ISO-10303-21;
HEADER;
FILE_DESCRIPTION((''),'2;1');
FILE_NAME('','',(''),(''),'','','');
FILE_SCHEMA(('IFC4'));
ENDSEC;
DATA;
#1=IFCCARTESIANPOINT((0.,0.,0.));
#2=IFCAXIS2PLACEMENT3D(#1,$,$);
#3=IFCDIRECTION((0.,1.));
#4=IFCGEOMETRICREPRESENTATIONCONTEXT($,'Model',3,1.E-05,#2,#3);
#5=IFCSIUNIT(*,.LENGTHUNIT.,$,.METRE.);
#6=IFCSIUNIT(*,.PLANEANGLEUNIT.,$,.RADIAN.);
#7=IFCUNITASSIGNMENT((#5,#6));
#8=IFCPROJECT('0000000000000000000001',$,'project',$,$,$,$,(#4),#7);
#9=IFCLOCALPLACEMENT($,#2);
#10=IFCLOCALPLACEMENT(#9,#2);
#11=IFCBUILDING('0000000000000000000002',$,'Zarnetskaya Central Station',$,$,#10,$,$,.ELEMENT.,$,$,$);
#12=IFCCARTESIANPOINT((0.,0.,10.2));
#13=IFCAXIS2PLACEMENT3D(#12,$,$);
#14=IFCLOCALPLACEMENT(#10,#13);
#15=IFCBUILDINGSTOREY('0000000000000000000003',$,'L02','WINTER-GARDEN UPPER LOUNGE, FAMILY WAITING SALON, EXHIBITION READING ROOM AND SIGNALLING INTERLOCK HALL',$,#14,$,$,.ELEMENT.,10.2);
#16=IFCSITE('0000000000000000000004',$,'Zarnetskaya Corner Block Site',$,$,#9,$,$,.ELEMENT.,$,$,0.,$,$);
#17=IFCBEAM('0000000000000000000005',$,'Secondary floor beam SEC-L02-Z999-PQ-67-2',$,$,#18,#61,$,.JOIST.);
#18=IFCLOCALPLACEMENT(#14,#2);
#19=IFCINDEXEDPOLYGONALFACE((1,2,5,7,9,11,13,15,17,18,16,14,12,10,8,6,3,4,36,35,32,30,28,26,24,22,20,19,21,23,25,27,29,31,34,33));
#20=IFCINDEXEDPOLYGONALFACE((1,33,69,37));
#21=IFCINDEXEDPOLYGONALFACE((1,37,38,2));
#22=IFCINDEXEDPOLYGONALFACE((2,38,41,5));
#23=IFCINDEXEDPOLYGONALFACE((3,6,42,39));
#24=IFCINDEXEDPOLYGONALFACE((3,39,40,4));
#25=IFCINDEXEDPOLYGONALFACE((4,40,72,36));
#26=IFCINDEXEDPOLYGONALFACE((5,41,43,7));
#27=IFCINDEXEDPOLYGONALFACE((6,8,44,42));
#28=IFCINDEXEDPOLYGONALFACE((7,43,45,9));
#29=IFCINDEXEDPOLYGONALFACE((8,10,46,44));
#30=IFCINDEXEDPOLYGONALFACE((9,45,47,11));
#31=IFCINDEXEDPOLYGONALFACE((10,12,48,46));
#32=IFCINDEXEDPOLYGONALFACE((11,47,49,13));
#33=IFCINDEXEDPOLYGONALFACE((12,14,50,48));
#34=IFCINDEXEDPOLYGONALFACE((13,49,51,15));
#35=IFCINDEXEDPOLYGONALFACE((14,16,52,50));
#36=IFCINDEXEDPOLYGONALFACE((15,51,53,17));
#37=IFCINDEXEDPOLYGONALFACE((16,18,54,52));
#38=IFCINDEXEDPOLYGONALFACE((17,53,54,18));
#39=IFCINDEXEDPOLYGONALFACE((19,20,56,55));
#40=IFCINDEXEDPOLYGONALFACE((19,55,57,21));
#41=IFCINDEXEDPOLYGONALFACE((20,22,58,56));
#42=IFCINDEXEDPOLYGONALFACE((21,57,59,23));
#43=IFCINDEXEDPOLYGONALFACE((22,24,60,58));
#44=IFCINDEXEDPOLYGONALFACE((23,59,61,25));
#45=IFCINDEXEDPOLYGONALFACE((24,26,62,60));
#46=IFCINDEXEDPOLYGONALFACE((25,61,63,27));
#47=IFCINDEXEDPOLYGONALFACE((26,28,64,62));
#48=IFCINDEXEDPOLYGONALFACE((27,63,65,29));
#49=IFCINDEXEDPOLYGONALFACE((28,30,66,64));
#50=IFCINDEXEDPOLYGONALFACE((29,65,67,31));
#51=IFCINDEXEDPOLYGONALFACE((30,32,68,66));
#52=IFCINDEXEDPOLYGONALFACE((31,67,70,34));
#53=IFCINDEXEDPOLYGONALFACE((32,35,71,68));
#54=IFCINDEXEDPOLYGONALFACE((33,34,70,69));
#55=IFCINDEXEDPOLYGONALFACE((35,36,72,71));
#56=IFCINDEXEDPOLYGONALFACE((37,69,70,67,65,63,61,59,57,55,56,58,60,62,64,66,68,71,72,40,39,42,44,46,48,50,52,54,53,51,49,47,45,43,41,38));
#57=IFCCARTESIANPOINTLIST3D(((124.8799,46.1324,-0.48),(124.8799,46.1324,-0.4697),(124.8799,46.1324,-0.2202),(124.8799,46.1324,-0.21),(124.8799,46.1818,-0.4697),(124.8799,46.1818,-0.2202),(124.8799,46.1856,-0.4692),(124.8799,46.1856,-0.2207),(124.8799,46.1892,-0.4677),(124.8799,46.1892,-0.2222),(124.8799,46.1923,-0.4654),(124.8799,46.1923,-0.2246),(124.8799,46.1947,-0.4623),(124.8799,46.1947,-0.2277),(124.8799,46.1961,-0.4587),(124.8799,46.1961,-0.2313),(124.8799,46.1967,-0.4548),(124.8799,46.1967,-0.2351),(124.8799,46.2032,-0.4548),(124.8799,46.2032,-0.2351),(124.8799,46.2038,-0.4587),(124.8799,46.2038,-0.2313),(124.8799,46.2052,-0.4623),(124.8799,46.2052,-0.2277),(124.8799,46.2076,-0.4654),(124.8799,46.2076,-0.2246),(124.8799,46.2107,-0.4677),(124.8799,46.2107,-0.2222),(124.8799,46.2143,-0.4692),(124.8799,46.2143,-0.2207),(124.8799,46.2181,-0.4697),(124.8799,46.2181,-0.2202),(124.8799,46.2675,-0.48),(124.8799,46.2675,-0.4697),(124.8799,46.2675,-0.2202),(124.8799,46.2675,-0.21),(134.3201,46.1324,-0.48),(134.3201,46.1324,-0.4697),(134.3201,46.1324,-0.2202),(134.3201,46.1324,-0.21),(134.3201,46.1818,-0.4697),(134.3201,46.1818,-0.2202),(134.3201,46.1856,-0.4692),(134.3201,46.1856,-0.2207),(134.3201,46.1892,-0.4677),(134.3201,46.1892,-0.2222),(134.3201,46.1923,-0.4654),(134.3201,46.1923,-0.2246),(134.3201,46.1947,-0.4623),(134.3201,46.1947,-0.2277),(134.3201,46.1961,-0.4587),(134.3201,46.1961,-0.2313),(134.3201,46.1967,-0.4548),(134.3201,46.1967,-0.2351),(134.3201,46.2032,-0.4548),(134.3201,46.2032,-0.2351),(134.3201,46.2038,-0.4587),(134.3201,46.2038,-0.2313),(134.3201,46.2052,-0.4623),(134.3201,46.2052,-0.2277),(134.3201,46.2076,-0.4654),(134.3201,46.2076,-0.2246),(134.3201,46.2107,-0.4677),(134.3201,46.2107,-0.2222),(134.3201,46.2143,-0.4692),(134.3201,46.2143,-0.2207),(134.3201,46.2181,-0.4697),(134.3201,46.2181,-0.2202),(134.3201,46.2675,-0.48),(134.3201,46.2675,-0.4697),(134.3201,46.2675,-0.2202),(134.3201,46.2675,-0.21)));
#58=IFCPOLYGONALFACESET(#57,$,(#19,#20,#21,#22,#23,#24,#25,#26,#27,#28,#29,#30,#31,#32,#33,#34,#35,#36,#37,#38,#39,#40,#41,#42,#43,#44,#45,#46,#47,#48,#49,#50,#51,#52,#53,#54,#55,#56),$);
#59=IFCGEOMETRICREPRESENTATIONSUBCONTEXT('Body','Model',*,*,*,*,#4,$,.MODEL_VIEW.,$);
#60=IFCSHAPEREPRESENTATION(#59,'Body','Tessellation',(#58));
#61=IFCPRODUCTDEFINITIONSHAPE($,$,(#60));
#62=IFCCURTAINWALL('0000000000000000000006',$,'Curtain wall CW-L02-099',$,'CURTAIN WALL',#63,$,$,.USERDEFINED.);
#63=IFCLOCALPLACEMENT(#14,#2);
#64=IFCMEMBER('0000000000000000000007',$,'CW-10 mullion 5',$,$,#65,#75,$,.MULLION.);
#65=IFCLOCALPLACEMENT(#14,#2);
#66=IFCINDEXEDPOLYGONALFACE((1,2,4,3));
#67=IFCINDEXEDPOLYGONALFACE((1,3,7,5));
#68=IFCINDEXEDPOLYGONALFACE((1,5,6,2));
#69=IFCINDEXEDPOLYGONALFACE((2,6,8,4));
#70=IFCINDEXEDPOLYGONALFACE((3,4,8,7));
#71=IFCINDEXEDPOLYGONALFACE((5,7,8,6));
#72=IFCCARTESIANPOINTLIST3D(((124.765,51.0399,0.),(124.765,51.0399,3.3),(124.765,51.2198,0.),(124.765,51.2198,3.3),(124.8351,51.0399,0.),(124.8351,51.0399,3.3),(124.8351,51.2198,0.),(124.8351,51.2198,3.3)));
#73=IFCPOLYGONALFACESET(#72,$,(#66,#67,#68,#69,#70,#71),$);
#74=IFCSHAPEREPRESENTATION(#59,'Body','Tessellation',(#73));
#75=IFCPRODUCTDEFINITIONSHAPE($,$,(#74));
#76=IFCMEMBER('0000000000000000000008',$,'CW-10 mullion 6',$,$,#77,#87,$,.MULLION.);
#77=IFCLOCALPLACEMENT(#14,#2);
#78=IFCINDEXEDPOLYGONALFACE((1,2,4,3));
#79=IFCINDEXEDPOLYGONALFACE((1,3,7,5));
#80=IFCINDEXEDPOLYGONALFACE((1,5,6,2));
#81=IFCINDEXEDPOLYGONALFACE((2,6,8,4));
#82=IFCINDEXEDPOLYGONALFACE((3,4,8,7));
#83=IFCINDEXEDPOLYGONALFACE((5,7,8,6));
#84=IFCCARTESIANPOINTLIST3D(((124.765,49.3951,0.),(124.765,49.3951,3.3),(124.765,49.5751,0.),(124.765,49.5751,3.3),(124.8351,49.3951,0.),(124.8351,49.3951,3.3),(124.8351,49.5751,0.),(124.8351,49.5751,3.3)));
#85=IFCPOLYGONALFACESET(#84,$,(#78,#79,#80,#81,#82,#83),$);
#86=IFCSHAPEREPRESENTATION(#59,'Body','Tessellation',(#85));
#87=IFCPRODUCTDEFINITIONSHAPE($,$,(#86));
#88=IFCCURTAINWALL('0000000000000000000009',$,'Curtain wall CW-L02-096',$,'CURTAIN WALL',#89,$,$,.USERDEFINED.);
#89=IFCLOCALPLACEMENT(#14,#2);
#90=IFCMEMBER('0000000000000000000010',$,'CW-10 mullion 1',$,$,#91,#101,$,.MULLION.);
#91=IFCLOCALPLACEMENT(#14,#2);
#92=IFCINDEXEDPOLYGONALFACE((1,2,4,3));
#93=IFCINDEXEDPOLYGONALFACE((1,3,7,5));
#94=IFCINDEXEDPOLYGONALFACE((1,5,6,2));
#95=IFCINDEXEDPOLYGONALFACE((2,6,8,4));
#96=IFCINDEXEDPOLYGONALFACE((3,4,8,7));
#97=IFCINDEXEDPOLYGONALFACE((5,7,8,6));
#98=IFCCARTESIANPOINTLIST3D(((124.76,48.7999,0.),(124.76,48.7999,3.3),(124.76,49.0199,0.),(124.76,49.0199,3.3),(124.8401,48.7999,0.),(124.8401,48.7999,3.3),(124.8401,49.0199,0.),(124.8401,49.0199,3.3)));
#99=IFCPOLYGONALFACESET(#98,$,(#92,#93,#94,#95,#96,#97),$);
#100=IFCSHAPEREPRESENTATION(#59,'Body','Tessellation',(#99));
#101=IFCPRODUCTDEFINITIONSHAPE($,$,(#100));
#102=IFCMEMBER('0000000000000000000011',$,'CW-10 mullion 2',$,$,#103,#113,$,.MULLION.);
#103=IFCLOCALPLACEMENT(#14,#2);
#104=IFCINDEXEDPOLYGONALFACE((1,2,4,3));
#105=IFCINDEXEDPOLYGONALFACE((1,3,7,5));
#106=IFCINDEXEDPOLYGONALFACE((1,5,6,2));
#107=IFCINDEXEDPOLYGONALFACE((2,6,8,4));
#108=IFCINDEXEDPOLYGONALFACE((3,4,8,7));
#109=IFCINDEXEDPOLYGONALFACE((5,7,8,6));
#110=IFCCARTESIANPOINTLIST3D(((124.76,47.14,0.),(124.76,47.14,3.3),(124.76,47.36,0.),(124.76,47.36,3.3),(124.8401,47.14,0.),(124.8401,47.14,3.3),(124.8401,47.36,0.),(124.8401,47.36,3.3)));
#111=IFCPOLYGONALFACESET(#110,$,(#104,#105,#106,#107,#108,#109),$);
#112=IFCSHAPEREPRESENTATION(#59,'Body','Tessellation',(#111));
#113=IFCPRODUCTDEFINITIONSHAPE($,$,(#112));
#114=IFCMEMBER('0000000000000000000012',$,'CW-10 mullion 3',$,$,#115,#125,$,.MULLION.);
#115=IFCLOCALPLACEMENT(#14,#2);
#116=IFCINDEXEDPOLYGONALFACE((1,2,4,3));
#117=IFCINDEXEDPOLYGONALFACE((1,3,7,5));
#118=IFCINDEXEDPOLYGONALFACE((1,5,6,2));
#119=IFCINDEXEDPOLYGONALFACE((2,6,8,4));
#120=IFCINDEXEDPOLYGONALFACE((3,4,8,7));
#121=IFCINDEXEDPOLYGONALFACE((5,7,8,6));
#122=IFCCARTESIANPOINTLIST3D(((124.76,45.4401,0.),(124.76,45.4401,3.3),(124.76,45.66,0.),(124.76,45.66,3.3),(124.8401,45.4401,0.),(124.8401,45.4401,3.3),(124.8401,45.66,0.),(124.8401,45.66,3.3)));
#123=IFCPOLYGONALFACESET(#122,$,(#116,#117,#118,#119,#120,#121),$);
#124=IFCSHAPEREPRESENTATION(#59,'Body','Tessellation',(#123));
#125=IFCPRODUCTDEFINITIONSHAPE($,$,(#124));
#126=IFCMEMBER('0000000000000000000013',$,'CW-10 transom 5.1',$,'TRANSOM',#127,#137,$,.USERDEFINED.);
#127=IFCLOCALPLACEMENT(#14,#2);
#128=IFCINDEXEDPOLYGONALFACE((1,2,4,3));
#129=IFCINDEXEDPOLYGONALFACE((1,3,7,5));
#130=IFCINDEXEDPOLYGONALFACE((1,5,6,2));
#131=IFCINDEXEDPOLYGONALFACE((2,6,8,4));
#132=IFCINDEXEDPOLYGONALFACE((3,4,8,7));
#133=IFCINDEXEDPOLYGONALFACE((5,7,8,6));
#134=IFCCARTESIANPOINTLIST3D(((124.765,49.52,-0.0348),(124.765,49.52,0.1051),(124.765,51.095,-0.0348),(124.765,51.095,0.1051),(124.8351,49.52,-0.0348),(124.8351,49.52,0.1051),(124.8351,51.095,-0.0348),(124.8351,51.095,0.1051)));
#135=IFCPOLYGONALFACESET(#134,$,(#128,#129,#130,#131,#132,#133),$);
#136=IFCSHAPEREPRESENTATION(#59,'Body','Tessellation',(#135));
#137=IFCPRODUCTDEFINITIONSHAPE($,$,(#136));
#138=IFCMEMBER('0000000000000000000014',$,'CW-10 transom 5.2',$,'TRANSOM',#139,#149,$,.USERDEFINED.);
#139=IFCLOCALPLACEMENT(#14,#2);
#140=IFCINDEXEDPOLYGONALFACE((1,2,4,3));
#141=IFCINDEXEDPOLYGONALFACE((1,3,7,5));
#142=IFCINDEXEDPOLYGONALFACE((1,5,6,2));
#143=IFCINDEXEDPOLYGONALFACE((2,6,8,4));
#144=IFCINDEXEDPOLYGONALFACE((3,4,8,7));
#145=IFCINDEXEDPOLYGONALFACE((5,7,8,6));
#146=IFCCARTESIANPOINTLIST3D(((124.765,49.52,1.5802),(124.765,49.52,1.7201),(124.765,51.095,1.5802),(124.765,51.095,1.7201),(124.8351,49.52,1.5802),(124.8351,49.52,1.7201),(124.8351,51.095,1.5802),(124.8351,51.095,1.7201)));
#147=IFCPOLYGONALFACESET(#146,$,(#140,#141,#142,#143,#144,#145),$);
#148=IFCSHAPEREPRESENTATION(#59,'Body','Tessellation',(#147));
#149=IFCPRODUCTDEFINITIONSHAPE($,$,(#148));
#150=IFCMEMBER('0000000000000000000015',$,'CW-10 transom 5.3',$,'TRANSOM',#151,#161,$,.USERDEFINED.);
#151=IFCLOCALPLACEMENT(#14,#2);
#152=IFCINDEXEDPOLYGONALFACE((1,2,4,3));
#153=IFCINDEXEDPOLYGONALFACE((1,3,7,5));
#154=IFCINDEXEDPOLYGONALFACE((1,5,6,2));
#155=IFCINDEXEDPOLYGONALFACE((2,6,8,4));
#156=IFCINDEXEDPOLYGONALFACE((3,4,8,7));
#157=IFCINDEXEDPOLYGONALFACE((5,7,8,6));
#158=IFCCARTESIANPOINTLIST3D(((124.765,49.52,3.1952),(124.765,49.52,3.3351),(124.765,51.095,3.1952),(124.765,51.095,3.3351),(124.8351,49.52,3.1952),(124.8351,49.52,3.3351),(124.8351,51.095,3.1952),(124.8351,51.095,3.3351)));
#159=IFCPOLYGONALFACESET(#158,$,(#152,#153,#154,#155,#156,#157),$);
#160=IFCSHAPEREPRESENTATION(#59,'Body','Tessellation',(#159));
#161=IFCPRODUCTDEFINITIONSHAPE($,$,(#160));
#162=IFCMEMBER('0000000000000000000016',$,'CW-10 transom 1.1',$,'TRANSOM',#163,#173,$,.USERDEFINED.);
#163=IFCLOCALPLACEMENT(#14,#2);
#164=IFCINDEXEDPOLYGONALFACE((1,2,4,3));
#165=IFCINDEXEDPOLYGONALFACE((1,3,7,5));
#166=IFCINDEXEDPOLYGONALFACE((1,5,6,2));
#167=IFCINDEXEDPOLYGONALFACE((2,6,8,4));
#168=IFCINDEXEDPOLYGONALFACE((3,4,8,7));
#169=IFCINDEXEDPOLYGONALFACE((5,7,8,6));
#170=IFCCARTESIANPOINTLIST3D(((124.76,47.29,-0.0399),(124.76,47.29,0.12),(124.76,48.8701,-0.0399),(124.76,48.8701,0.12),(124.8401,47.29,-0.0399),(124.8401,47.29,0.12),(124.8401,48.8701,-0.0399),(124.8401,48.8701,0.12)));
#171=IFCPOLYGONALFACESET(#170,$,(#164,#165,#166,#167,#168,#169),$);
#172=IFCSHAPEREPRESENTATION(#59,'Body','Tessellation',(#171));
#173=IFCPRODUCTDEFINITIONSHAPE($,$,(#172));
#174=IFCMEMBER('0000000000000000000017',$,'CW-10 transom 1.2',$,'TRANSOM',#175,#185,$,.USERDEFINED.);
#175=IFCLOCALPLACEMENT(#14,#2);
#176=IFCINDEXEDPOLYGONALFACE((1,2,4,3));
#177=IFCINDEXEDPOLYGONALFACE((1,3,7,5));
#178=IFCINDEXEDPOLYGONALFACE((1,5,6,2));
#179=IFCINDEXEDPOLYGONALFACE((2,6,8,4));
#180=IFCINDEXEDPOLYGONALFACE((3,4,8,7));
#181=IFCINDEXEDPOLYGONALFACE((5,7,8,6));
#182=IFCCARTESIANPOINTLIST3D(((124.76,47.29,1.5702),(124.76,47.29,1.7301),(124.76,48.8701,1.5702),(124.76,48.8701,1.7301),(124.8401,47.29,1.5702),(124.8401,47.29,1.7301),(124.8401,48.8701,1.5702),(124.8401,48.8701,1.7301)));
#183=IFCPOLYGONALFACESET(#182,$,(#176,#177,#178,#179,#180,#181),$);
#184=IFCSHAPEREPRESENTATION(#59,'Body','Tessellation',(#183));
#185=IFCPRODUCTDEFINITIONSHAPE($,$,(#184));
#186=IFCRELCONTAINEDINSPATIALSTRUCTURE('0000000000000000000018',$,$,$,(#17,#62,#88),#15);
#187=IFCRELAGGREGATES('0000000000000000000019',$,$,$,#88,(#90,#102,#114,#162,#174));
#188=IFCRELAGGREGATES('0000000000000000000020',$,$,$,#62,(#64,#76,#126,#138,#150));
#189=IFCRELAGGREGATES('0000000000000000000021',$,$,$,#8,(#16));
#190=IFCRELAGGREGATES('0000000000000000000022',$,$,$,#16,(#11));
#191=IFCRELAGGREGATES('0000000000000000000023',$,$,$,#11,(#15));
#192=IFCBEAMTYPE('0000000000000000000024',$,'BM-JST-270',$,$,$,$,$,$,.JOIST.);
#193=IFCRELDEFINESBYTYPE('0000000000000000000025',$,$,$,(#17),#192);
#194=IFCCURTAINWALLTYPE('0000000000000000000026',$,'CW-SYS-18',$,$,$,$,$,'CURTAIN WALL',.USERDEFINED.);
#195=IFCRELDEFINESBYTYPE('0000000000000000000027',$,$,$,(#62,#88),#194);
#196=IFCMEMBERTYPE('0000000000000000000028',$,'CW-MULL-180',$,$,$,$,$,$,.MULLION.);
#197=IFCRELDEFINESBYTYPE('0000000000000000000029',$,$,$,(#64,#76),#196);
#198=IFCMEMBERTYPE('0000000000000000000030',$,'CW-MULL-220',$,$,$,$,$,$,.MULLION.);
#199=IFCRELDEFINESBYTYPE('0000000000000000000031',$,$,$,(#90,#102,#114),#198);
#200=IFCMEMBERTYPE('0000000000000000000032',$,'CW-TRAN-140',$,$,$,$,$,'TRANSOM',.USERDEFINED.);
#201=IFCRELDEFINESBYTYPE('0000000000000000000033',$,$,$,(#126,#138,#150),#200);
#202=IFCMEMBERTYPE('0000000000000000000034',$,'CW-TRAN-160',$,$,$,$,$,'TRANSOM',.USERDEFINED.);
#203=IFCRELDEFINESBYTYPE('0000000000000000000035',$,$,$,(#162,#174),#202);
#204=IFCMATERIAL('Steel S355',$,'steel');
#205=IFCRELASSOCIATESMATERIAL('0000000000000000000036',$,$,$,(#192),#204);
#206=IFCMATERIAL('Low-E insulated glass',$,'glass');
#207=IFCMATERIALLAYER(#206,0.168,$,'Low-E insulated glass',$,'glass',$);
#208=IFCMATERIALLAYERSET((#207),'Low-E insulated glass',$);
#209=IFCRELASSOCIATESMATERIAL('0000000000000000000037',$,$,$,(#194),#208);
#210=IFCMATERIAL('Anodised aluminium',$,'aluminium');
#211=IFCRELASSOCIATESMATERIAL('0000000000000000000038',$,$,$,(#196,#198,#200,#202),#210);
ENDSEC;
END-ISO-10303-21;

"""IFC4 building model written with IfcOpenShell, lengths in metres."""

from ifc_helpers import new_model, si_unit, direction, frame, origin, origin_2d, place, context, subcontext, project, spatial, rectangle, i_section, extrude, material, layer, layer_set, material_profile, profile_set, type_object, element, aggregate, save


model = new_model("IFC4")

# Units and contexts
model_context = context("Model", 3, precision=1e-05, world=origin(), true_north=direction((0.0, 1.0)))
body_context = subcontext(model_context, "Body", "Model", "MODEL_VIEW")
ifc_project = project(units=[si_unit("LENGTHUNIT", "METRE"), si_unit("PLANEANGLEUNIT", "RADIAN")], contexts=[model_context])

# Site, building, storey
site_placement = place(None, origin())
site = spatial("IfcSite", under=ifc_project, at=site_placement, Name="Zarnetskaya Corner Block Site", CompositionType="ELEMENT", RefElevation=0.0)
building_placement = place(site_placement, origin())
building = spatial("IfcBuilding", under=site, at=building_placement, Name="Zarnetskaya Central Station", CompositionType="ELEMENT")
storey_placement = place(building_placement, frame((0.0, 0.0, 10.2)))
storey = spatial("IfcBuildingStorey", under=building, at=storey_placement, Name="L02", Description="WINTER-GARDEN UPPER LOUNGE, FAMILY WAITING SALON, EXHIBITION READING ROOM AND SIGNALLING INTERLOCK HALL", CompositionType="ELEMENT", Elevation=10.2)

# Beam
ifc_material_1 = material(Name="Steel S355", Category="steel")
ifc_material_profile_1 = material_profile(ifc_material_1, i_section(OverallWidth=0.135, OverallDepth=0.27, WebThickness=0.0066, FlangeThickness=0.0103, FilletRadius=0.0149, at=origin_2d()), Name="IPE 270")
ifc_profile_set_1 = profile_set([ifc_material_profile_1], Name="Steel S355")
beam_type_1 = type_object("IfcBeamType", Name="BM-JST-270", PredefinedType="JOIST", material=ifc_profile_set_1)
beam_1_placement = place(storey_placement, frame((124.8799, 46.2, -0.345), z_axis=(1.0, 0.0, 0.0), x_axis=(0.0, 1.0, 0.0)))
element("IfcBeam", 1, at=beam_1_placement, inside=storey, type_object=beam_type_1, Name="Secondary floor beam SEC-L02-Z999-PQ-67-2", PredefinedType="JOIST", context=body_context, shape_type="SweptSolid", body=[
    extrude(i_section(OverallWidth=0.135, OverallDepth=0.27, WebThickness=0.0066, FlangeThickness=0.0103, FilletRadius=0.0149, at=origin_2d()), origin(), (0.0, 0.0, 1.0), 9.4402),
])

# Curtain walls, members
ifc_material_2 = material(Name="Low-E insulated glass", Category="glass")
ifc_layer_1 = layer(ifc_material_2, 0.168, Name="Low-E insulated glass", Category="glass")
ifc_layer_set_1 = layer_set([ifc_layer_1], Name="Low-E insulated glass")
curtain_wall_type = type_object("IfcCurtainWallType", Name="CW-SYS-18", ElementType="CURTAIN WALL", PredefinedType="USERDEFINED", material=ifc_layer_set_1)
curtain_wall_1_placement = place(storey_placement, origin())
curtain_wall_1 = element("IfcCurtainWall", 2, at=curtain_wall_1_placement, inside=storey, type_object=curtain_wall_type, Name="Curtain wall CW-L02-099", ObjectType="CURTAIN WALL", PredefinedType="USERDEFINED")
ifc_material_3 = material(Name="Anodised aluminium", Category="aluminium")
ifc_material_profile_2 = material_profile(ifc_material_3, rectangle(XDim=0.0701, YDim=0.1799, at=origin_2d()), Name="ALU MULL 70x180")
ifc_profile_set_2 = profile_set([ifc_material_profile_2], Name="Anodised aluminium")
member_type_1 = type_object("IfcMemberType", Name="CW-MULL-180", PredefinedType="MULLION", material=ifc_profile_set_2)
member_1_placement = place(storey_placement, frame((124.8, 51.1299, 0.0), z_axis=(0.0, 0.0, 1.0), x_axis=(1.0, 0.0, 0.0)))
member_1 = element("IfcMember", 3, at=member_1_placement, type_object=member_type_1, Name="CW-10 mullion 5", PredefinedType="MULLION", context=body_context, shape_type="SweptSolid", body=[
    extrude(rectangle(XDim=0.0701, YDim=0.1799, at=origin_2d()), origin(), (0.0, 0.0, 1.0), 3.3),
])
member_2_placement = place(storey_placement, frame((124.8, 49.4851, 0.0), z_axis=(0.0, 0.0, 1.0), x_axis=(1.0, 0.0, 0.0)))
member_2 = element("IfcMember", 4, at=member_2_placement, type_object=member_type_1, Name="CW-10 mullion 6", PredefinedType="MULLION", context=body_context, shape_type="SweptSolid", body=[
    extrude(rectangle(XDim=0.0701, YDim=0.1799, at=origin_2d()), origin(), (0.0, 0.0, 1.0), 3.3),
])
curtain_wall_2_placement = place(storey_placement, origin())
curtain_wall_2 = element("IfcCurtainWall", 5, at=curtain_wall_2_placement, inside=storey, type_object=curtain_wall_type, Name="Curtain wall CW-L02-096", ObjectType="CURTAIN WALL", PredefinedType="USERDEFINED")
ifc_material_profile_3 = material_profile(ifc_material_3, rectangle(XDim=0.0801, YDim=0.22, at=origin_2d()), Name="ALU MULL 80x220")
ifc_profile_set_3 = profile_set([ifc_material_profile_3], Name="Anodised aluminium")
member_type_2 = type_object("IfcMemberType", Name="CW-MULL-220", PredefinedType="MULLION", material=ifc_profile_set_3)
member_3_placement = place(storey_placement, frame((124.8, 48.9099, 0.0), z_axis=(0.0, 0.0, 1.0), x_axis=(1.0, 0.0, 0.0)))
member_3 = element("IfcMember", 6, at=member_3_placement, type_object=member_type_2, Name="CW-10 mullion 1", PredefinedType="MULLION", context=body_context, shape_type="SweptSolid", body=[
    extrude(rectangle(XDim=0.0801, YDim=0.22, at=origin_2d()), origin(), (0.0, 0.0, 1.0), 3.3),
])
member_4_placement = place(storey_placement, frame((124.8, 47.25, 0.0), z_axis=(0.0, 0.0, 1.0), x_axis=(1.0, 0.0, 0.0)))
member_4 = element("IfcMember", 7, at=member_4_placement, type_object=member_type_2, Name="CW-10 mullion 2", PredefinedType="MULLION", context=body_context, shape_type="SweptSolid", body=[
    extrude(rectangle(XDim=0.0801, YDim=0.22, at=origin_2d()), origin(), (0.0, 0.0, 1.0), 3.3),
])
member_5_placement = place(storey_placement, frame((124.8, 45.55, 0.0), z_axis=(0.0, 0.0, 1.0), x_axis=(1.0, 0.0, 0.0)))
member_5 = element("IfcMember", 8, at=member_5_placement, type_object=member_type_2, Name="CW-10 mullion 3", PredefinedType="MULLION", context=body_context, shape_type="SweptSolid", body=[
    extrude(rectangle(XDim=0.0801, YDim=0.22, at=origin_2d()), origin(), (0.0, 0.0, 1.0), 3.3),
])

# Members
ifc_material_profile_4 = material_profile(ifc_material_3, rectangle(XDim=0.0701, YDim=0.1399, at=origin_2d()), Name="ALU TRAN 70x140")
ifc_profile_set_4 = profile_set([ifc_material_profile_4], Name="Anodised aluminium")
member_type_3 = type_object("IfcMemberType", Name="CW-TRAN-140", ElementType="TRANSOM", PredefinedType="USERDEFINED", material=ifc_profile_set_4)
member_6_placement = place(storey_placement, frame((124.8, 51.095, 0.0352), z_axis=(0.0, -1.0, 0.0), x_axis=(1.0, 0.0, 0.0)))
member_6 = element("IfcMember", 9, at=member_6_placement, type_object=member_type_3, Name="CW-10 transom 5.1", ObjectType="TRANSOM", PredefinedType="USERDEFINED", context=body_context, shape_type="SweptSolid", body=[
    extrude(rectangle(XDim=0.0701, YDim=0.1399, at=origin_2d()), origin(), (0.0, 0.0, 1.0), 1.575),
])
member_7_placement = place(storey_placement, frame((124.8, 51.095, 1.6501), z_axis=(0.0, -1.0, 0.0), x_axis=(1.0, 0.0, 0.0)))
member_7 = element("IfcMember", 10, at=member_7_placement, type_object=member_type_3, Name="CW-10 transom 5.2", ObjectType="TRANSOM", PredefinedType="USERDEFINED", context=body_context, shape_type="SweptSolid", body=[
    extrude(rectangle(XDim=0.0701, YDim=0.1399, at=origin_2d()), origin(), (0.0, 0.0, 1.0), 1.575),
])
member_8_placement = place(storey_placement, frame((124.8, 51.095, 3.2651), z_axis=(0.0, -1.0, 0.0), x_axis=(1.0, 0.0, 0.0)))
member_8 = element("IfcMember", 11, at=member_8_placement, type_object=member_type_3, Name="CW-10 transom 5.3", ObjectType="TRANSOM", PredefinedType="USERDEFINED", context=body_context, shape_type="SweptSolid", body=[
    extrude(rectangle(XDim=0.0701, YDim=0.1399, at=origin_2d()), origin(), (0.0, 0.0, 1.0), 1.575),
])
ifc_material_profile_5 = material_profile(ifc_material_3, rectangle(XDim=0.0801, YDim=0.1599, at=origin_2d()), Name="ALU TRAN 80x160")
ifc_profile_set_5 = profile_set([ifc_material_profile_5], Name="Anodised aluminium")
member_type_4 = type_object("IfcMemberType", Name="CW-TRAN-160", ElementType="TRANSOM", PredefinedType="USERDEFINED", material=ifc_profile_set_5)
member_9_placement = place(storey_placement, frame((124.8, 48.8701, 0.04), z_axis=(0.0, -1.0, 0.0), x_axis=(1.0, 0.0, 0.0)))
member_9 = element("IfcMember", 12, at=member_9_placement, type_object=member_type_4, Name="CW-10 transom 1.1", ObjectType="TRANSOM", PredefinedType="USERDEFINED", context=body_context, shape_type="SweptSolid", body=[
    extrude(rectangle(XDim=0.0801, YDim=0.1599, at=origin_2d()), origin(), (0.0, 0.0, 1.0), 1.5801),
])
member_10_placement = place(storey_placement, frame((124.8, 48.8701, 1.6501), z_axis=(0.0, -1.0, 0.0), x_axis=(1.0, 0.0, 0.0)))
member_10 = element("IfcMember", 13, at=member_10_placement, type_object=member_type_4, Name="CW-10 transom 1.2", ObjectType="TRANSOM", PredefinedType="USERDEFINED", context=body_context, shape_type="SweptSolid", body=[
    extrude(rectangle(XDim=0.0801, YDim=0.1599, at=origin_2d()), origin(), (0.0, 0.0, 1.0), 1.5801),
])

aggregate(curtain_wall_2, [member_3, member_4, member_5, member_9, member_10])
aggregate(curtain_wall_1, [member_1, member_2, member_6, member_7, member_8])

save(model, "model.ifc")
